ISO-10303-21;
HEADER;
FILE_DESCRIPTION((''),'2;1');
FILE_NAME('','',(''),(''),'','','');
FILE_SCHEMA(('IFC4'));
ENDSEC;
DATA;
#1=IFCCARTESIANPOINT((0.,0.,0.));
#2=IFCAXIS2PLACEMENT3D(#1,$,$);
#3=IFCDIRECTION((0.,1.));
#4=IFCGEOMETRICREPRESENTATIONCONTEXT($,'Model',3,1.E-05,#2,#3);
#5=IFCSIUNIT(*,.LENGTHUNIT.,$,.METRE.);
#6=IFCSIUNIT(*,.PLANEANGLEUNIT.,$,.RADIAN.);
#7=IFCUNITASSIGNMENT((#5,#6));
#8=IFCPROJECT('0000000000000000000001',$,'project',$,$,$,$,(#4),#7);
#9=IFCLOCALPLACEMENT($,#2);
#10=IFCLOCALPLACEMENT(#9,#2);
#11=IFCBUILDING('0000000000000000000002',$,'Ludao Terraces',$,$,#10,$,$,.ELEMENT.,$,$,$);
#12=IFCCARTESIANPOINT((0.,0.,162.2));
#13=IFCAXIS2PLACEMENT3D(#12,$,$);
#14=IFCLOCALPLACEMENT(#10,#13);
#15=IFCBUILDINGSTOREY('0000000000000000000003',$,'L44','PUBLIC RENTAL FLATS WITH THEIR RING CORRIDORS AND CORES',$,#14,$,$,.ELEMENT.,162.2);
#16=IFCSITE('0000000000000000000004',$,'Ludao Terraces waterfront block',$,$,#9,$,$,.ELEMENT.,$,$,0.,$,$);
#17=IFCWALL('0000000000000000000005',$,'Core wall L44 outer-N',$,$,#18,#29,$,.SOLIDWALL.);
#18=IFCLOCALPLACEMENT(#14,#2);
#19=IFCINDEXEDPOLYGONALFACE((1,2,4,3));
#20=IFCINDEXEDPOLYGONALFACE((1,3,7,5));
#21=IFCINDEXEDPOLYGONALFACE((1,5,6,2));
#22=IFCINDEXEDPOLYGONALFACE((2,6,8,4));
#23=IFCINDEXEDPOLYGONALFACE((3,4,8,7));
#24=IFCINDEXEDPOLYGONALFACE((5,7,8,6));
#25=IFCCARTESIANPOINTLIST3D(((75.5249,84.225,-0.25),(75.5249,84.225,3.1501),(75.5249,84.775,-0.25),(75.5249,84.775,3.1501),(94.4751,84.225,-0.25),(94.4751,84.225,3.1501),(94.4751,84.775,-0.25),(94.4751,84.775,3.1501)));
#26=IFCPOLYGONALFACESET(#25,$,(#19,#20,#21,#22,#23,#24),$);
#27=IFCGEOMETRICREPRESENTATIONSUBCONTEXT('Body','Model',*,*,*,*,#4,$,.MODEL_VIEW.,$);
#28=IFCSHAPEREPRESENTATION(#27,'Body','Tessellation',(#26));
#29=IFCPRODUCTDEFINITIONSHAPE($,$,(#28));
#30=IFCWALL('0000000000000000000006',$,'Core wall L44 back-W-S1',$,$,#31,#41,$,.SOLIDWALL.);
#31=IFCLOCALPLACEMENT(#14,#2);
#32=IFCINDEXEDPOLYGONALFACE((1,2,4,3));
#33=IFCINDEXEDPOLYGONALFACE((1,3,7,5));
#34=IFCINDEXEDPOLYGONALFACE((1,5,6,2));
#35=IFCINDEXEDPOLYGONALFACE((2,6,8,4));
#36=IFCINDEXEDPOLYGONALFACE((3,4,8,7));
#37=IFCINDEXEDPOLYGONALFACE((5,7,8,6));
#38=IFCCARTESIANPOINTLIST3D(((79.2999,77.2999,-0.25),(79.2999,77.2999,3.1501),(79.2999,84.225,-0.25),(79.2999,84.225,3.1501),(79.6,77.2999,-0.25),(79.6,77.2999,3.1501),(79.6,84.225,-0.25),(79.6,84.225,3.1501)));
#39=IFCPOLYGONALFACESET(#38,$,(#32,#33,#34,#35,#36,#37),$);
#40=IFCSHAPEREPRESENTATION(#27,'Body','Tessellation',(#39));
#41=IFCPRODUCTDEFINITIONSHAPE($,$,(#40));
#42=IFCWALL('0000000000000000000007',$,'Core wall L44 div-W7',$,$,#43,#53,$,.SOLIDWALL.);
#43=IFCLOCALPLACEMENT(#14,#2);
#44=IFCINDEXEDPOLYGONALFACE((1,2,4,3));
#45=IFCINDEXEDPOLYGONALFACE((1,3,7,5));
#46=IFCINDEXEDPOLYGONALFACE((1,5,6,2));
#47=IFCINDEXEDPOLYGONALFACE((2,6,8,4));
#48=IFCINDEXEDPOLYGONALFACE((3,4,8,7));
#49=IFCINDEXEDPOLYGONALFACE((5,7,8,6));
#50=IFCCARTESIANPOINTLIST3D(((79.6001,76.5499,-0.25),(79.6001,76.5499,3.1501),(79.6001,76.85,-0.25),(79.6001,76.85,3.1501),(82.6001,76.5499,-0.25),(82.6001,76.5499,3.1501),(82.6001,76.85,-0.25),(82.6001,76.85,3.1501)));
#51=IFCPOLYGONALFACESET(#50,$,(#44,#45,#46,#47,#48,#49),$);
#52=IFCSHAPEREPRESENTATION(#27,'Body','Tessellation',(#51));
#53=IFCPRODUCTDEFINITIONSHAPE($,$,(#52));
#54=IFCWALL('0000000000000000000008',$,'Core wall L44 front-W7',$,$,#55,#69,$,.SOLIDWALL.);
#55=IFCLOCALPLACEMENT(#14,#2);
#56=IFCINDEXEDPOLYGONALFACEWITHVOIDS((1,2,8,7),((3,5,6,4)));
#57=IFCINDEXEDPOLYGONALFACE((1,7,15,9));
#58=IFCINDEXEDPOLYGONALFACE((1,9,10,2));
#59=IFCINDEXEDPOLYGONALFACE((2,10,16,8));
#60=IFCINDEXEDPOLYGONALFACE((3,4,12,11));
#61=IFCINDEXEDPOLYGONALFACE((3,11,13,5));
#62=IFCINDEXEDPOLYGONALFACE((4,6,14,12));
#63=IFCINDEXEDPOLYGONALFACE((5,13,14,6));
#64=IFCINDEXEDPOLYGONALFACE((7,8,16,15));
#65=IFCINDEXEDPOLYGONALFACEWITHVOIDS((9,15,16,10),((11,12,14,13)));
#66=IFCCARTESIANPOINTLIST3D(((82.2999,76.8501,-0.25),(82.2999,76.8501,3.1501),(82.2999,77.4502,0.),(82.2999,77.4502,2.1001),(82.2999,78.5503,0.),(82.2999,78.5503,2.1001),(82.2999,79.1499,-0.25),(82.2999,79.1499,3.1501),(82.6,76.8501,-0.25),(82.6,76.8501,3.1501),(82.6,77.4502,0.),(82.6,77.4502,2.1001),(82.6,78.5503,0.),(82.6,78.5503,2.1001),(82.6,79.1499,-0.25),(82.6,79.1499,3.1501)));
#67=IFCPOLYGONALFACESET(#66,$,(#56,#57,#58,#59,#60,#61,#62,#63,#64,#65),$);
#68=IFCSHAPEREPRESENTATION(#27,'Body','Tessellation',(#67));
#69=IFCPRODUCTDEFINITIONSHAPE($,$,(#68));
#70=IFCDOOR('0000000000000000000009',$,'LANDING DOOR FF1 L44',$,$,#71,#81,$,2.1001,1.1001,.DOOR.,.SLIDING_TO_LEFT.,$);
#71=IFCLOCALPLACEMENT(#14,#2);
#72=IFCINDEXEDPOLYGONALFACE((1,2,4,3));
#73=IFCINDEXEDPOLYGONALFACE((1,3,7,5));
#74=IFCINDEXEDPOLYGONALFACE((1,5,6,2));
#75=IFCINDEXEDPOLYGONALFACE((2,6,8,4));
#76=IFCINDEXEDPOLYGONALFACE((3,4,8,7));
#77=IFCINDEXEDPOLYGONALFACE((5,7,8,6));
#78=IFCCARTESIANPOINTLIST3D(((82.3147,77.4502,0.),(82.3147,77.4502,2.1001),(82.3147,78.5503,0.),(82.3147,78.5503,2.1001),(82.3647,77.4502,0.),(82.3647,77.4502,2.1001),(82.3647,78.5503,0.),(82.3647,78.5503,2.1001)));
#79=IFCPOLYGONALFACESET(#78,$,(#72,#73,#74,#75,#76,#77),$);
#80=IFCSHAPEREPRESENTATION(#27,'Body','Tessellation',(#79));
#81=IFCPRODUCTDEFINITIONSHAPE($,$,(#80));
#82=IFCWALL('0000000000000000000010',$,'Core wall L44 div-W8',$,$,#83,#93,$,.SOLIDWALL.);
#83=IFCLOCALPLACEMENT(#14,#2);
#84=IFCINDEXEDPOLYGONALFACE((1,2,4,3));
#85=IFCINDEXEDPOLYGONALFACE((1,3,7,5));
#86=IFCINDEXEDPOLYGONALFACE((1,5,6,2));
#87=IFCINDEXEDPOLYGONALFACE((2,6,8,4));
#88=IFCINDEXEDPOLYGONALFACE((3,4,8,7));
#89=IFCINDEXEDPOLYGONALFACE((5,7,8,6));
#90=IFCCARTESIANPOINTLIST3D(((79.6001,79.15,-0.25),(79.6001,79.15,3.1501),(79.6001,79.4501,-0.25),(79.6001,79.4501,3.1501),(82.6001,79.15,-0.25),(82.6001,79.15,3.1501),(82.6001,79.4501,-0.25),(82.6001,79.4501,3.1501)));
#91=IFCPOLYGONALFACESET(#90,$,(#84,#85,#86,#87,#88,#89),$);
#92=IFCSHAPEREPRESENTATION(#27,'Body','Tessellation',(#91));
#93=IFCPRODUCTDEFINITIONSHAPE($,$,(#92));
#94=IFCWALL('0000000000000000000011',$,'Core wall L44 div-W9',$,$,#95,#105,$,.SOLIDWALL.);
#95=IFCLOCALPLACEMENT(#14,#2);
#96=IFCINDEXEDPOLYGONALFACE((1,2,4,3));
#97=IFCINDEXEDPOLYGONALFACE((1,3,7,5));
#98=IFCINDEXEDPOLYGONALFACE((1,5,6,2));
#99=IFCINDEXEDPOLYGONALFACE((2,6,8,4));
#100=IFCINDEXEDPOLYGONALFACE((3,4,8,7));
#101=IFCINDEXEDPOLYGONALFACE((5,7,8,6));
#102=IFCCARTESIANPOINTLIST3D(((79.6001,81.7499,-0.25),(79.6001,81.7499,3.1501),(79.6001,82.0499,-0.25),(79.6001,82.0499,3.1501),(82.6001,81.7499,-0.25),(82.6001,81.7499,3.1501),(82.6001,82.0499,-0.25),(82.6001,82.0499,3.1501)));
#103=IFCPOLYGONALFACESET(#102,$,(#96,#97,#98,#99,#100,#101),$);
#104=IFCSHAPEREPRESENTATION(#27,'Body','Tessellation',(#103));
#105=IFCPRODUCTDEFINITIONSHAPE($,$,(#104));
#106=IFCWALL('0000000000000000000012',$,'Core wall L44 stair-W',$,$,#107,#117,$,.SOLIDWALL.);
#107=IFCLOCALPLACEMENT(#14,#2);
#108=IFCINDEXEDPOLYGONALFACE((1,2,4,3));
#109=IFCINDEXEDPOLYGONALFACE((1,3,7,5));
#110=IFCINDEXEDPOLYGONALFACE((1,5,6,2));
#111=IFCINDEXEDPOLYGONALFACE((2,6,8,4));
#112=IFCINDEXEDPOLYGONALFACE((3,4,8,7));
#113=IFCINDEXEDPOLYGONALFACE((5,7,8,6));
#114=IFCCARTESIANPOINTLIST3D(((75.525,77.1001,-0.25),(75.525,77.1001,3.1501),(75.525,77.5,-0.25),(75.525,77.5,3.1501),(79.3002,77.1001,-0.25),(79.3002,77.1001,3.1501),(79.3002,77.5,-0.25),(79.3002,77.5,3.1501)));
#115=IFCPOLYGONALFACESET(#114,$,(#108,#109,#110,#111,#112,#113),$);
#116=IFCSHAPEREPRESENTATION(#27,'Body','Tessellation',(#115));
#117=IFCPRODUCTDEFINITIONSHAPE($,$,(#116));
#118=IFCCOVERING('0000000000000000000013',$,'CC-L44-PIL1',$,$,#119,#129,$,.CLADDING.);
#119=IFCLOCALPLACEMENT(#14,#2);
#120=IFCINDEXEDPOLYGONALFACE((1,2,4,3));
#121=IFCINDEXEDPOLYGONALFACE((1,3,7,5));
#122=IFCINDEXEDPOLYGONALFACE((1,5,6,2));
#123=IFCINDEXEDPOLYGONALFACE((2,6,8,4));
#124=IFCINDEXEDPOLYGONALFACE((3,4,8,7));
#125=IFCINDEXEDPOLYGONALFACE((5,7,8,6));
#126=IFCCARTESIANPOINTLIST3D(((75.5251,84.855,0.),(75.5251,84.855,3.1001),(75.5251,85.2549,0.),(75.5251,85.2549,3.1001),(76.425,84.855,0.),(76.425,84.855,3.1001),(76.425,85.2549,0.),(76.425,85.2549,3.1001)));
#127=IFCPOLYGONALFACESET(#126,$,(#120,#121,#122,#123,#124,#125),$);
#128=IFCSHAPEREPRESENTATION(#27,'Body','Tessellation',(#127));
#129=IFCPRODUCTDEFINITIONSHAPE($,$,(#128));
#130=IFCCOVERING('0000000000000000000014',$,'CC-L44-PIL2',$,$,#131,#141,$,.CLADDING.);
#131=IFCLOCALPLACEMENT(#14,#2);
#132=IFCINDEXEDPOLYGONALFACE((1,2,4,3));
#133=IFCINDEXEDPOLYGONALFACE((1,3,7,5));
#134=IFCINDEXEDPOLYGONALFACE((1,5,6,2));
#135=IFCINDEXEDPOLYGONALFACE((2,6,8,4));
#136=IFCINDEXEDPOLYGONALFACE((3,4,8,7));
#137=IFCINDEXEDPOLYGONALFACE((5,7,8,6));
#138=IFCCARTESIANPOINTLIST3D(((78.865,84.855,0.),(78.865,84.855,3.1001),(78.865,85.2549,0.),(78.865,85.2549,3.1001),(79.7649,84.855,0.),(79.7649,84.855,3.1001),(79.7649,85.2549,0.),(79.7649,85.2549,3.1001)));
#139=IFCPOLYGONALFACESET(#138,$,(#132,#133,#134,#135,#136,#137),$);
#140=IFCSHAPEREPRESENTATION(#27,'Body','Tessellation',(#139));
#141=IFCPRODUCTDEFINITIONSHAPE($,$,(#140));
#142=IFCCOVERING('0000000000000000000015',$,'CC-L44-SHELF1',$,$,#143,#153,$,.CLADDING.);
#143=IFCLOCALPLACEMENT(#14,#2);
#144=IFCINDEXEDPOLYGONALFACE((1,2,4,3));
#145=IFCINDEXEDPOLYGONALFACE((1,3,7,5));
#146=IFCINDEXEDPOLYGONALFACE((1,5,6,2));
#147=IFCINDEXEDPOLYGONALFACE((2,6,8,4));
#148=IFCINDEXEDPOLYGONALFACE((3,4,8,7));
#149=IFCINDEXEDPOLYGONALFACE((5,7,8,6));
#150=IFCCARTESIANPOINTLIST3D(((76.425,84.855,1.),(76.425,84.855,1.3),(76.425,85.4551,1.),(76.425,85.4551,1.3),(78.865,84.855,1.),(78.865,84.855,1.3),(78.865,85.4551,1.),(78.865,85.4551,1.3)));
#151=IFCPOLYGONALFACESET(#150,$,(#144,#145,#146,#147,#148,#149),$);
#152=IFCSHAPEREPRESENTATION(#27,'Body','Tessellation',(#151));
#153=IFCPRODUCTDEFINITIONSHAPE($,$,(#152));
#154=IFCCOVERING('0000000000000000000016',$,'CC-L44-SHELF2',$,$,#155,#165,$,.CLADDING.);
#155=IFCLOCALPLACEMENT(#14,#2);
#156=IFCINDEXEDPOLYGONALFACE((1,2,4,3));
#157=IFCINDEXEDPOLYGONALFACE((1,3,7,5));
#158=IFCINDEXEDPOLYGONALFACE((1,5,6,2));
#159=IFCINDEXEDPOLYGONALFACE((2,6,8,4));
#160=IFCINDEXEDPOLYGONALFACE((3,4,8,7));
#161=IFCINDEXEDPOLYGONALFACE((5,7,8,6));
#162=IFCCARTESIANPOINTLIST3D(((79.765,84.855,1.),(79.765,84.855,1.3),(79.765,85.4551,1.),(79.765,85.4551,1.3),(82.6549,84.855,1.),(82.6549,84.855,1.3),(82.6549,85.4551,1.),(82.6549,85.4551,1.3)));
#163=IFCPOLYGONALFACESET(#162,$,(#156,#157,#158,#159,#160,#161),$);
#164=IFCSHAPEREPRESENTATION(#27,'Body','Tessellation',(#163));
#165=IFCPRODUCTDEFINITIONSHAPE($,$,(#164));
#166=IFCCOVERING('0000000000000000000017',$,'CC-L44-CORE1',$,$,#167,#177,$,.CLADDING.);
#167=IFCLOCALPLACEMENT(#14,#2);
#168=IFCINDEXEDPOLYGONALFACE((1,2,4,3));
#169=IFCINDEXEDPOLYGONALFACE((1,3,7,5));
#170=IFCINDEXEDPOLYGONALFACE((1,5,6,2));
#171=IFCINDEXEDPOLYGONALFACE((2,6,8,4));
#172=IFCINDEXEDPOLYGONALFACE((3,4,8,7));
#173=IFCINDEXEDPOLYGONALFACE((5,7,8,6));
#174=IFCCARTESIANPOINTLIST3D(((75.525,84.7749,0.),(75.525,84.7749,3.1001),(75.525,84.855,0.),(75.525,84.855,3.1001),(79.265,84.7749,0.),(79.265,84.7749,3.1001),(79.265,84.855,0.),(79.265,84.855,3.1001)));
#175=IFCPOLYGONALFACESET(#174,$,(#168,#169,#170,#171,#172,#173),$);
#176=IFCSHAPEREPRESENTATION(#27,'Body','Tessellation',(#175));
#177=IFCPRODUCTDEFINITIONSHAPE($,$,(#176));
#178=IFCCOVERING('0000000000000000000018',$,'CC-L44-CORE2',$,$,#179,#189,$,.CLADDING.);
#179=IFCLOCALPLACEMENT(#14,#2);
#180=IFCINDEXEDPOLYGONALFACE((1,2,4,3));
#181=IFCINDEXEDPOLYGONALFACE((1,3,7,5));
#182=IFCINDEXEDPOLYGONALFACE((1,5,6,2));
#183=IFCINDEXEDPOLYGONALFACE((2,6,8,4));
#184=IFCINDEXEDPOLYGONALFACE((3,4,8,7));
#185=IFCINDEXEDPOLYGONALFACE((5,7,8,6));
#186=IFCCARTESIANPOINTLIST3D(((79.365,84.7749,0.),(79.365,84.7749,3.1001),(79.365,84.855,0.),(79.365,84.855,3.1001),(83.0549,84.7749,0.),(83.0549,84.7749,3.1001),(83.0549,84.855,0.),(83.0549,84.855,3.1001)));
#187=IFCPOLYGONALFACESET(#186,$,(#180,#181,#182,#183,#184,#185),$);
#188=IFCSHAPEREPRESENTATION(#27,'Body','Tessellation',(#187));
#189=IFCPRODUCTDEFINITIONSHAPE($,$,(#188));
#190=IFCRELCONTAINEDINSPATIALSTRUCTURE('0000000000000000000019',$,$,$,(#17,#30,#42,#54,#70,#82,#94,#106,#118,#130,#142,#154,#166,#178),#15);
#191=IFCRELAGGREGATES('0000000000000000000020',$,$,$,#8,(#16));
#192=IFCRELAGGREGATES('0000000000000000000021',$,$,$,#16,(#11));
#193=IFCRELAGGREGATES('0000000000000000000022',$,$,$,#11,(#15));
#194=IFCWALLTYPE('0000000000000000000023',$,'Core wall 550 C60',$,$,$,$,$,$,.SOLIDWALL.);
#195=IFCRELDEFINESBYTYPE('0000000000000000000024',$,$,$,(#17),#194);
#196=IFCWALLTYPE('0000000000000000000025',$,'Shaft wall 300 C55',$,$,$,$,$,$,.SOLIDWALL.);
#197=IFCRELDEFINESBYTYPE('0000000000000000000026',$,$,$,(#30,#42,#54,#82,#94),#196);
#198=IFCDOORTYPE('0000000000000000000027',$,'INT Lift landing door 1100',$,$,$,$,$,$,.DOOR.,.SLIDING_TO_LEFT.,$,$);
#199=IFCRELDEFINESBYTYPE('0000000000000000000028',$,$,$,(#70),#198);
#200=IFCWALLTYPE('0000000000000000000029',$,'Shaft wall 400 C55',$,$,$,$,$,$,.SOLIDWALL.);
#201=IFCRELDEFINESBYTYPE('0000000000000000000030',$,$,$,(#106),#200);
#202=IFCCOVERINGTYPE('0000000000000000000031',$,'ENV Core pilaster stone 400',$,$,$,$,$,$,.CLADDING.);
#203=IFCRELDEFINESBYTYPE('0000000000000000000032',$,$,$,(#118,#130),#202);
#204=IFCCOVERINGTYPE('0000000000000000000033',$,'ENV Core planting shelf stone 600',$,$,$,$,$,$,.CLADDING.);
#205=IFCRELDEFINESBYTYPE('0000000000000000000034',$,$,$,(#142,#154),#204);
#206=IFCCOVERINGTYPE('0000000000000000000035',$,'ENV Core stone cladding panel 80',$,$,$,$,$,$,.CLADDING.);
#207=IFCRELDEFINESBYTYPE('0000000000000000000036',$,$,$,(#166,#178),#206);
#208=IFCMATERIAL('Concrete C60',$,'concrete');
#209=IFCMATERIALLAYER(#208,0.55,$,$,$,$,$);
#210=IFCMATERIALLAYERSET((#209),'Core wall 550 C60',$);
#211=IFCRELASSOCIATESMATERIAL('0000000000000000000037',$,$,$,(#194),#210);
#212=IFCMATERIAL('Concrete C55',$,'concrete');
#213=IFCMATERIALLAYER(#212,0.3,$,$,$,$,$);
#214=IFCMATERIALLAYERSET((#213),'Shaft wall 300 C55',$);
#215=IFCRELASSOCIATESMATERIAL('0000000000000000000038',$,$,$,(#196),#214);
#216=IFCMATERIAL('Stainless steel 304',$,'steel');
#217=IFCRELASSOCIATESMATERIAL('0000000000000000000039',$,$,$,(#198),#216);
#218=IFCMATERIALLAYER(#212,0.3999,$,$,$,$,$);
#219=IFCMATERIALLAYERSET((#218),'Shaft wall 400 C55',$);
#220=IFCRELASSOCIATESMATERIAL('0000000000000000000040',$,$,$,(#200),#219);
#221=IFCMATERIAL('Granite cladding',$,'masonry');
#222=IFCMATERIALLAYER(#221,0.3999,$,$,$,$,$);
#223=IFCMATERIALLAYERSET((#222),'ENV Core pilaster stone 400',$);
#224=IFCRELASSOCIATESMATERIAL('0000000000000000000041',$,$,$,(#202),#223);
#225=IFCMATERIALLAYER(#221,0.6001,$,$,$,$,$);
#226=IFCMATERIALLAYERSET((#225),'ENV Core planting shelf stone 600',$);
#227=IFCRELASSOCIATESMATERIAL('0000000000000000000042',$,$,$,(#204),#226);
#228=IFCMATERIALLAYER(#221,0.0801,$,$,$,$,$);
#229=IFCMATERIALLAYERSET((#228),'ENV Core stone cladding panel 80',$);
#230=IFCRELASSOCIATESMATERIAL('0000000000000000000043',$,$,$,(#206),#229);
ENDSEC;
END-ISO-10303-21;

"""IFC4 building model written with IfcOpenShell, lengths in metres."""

from ifc_helpers import new_model, si_unit, direction, frame, frame_2d, origin, origin_2d, place, context, subcontext, project, spatial, rectangle, extrude, material, layer, layer_set, type_object, element, fill, save


model = new_model("IFC4")

# Units and contexts
model_context = context("Model", 3, precision=1e-05, world=origin(), true_north=direction((0.0, 1.0)))
body_context = subcontext(model_context, "Body", "Model", "MODEL_VIEW")
ifc_project = project(units=[si_unit("LENGTHUNIT", "METRE"), si_unit("PLANEANGLEUNIT", "RADIAN")], contexts=[model_context])

# Site, building, storey
site_placement = place(None, origin())
site = spatial("IfcSite", under=ifc_project, at=site_placement, Name="Ludao Terraces waterfront block", CompositionType="ELEMENT", RefElevation=0.0)
building_placement = place(site_placement, origin())
building = spatial("IfcBuilding", under=site, at=building_placement, Name="Ludao Terraces", CompositionType="ELEMENT")
storey_placement = place(building_placement, frame((0.0, 0.0, 162.2)))
storey = spatial("IfcBuildingStorey", under=building, at=storey_placement, Name="L44", Description="PUBLIC RENTAL FLATS WITH THEIR RING CORRIDORS AND CORES", CompositionType="ELEMENT", Elevation=162.2)

# Walls
ifc_material_1 = material(Name="Concrete C60", Category="concrete")
ifc_layer_1 = layer(ifc_material_1, 0.55)
ifc_layer_set_1 = layer_set([ifc_layer_1], Name="Core wall 550 C60")
wall_type_1 = type_object("IfcWallType", Name="Core wall 550 C60", PredefinedType="SOLIDWALL", material=ifc_layer_set_1)
wall_1_placement = place(storey_placement, frame((75.5249, 84.5, -0.25), z_axis=(0.0, 0.0, 1.0), x_axis=(1.0, 0.0, 0.0)))
element("IfcWall", 1, at=wall_1_placement, inside=storey, type_object=wall_type_1, Name="Core wall L44 outer-N", PredefinedType="SOLIDWALL", context=body_context, shape_type="SweptSolid", body=[
    extrude(rectangle(XDim=18.9502, YDim=0.55, at=frame_2d((9.4751, 0.0))), origin(), (0.0, 0.0, 1.0), 3.4001),
])
ifc_material_2 = material(Name="Concrete C55", Category="concrete")
ifc_layer_2 = layer(ifc_material_2, 0.3)
ifc_layer_set_2 = layer_set([ifc_layer_2], Name="Shaft wall 300 C55")
wall_type_2 = type_object("IfcWallType", Name="Shaft wall 300 C55", PredefinedType="SOLIDWALL", material=ifc_layer_set_2)
wall_2_placement = place(storey_placement, frame((79.45, 77.3, -0.25), z_axis=(0.0, 0.0, 1.0), x_axis=(0.0, 1.0, 0.0)))
element("IfcWall", 2, at=wall_2_placement, inside=storey, type_object=wall_type_2, Name="Core wall L44 back-W-S1", PredefinedType="SOLIDWALL", context=body_context, shape_type="SweptSolid", body=[
    extrude(rectangle(XDim=6.925, YDim=0.3, at=frame_2d((3.4624, 0.0))), origin(), (0.0, 0.0, 1.0), 3.4001),
])
wall_3_placement = place(storey_placement, frame((79.6001, 76.7, -0.25), z_axis=(0.0, 0.0, 1.0), x_axis=(1.0, 0.0, 0.0)))
element("IfcWall", 3, at=wall_3_placement, inside=storey, type_object=wall_type_2, Name="Core wall L44 div-W7", PredefinedType="SOLIDWALL", context=body_context, shape_type="SweptSolid", body=[
    extrude(rectangle(XDim=3.0, YDim=0.3, at=frame_2d((1.5, 0.0))), origin(), (0.0, 0.0, 1.0), 3.4001),
])

# Wall, opening, door
wall_4_placement = place(storey_placement, frame((82.45, 76.8501, -0.25), z_axis=(0.0, 0.0, 1.0), x_axis=(0.0, 1.0, 0.0)))
wall_4 = element("IfcWall", 4, at=wall_4_placement, inside=storey, type_object=wall_type_2, Name="Core wall L44 front-W7", PredefinedType="SOLIDWALL", context=body_context, shape_type="SweptSolid", body=[
    extrude(rectangle(XDim=2.2998, YDim=0.3, at=frame_2d((1.1499, 0.0))), origin(), (0.0, 0.0, 1.0), 3.4001),
])
opening_placement = place(wall_4_placement, frame((0.6001, 0.0, 0.25)))
opening = element("IfcOpeningElement", 5, at=opening_placement, cuts=wall_4, PredefinedType="OPENING", context=body_context, shape_type="SweptSolid", body=[
    extrude(rectangle(XDim=1.1001, YDim=2.1001, at=frame_2d((0.55, 1.05))), frame((0.0, 0.1602, 0.0), z_axis=(0.0, -1.0, 0.0), x_axis=(1.0, 0.0, 0.0)), (0.0, 0.0, 1.0), 0.3201),
])
ifc_material_3 = material(Name="Stainless steel 304", Category="steel")
door_type = type_object("IfcDoorType", Name="INT Lift landing door 1100", OperationType="SLIDING_TO_LEFT", PredefinedType="DOOR", material=ifc_material_3)
door_placement = place(opening_placement, origin())
door = element("IfcDoor", 6, at=door_placement, inside=storey, type_object=door_type, Name="LANDING DOOR FF1 L44", OperationType="SLIDING_TO_LEFT", OverallHeight=2.1001, OverallWidth=1.1001, PredefinedType="DOOR", context=body_context, shape_type="SweptSolid", body=[
    extrude(rectangle(XDim=1.1001, YDim=2.1001, at=frame_2d((0.55, 1.05))), frame((0.0, 0.1353, 0.0), z_axis=(0.0, -1.0, 0.0), x_axis=(1.0, 0.0, 0.0)), (0.0, 0.0, 1.0), 0.05),
])
fill(opening, door)

# Walls
for number, where, z_axis, x_axis, name in (
    (7, (79.6001, 79.3, -0.25), (0.0, 0.0, 1.0), (1.0, 0.0, 0.0), "Core wall L44 div-W8"),
    (8, (79.6001, 81.8999, -0.25), (0.0, 0.0, 1.0), (1.0, 0.0, 0.0), "Core wall L44 div-W9"),
):
    element("IfcWall", number, at=place(storey_placement, frame(where, z_axis=z_axis, x_axis=x_axis)), inside=storey, type_object=wall_type_2, Name=name, PredefinedType="SOLIDWALL", context=body_context, shape_type="SweptSolid", body=[
        extrude(rectangle(XDim=3.0, YDim=0.3, at=frame_2d((1.5, 0.0))), origin(), (0.0, 0.0, 1.0), 3.4001),
    ])
ifc_layer_3 = layer(ifc_material_2, 0.3999)
ifc_layer_set_3 = layer_set([ifc_layer_3], Name="Shaft wall 400 C55")
wall_type_3 = type_object("IfcWallType", Name="Shaft wall 400 C55", PredefinedType="SOLIDWALL", material=ifc_layer_set_3)
wall_5_placement = place(storey_placement, frame((75.5249, 77.3, -0.25), z_axis=(0.0, 0.0, 1.0), x_axis=(1.0, 0.0, 0.0)))
element("IfcWall", 9, at=wall_5_placement, inside=storey, type_object=wall_type_3, Name="Core wall L44 stair-W", PredefinedType="SOLIDWALL", context=body_context, shape_type="SweptSolid", body=[
    extrude(rectangle(XDim=3.7751, YDim=0.3999, at=frame_2d((1.8877, 0.0))), origin(), (0.0, 0.0, 1.0), 3.4001),
])

# Coverings
ifc_material_4 = material(Name="Granite cladding", Category="masonry")
ifc_layer_4 = layer(ifc_material_4, 0.3999)
ifc_layer_set_4 = layer_set([ifc_layer_4], Name="ENV Core pilaster stone 400")
covering_type_1 = type_object("IfcCoveringType", Name="ENV Core pilaster stone 400", PredefinedType="CLADDING", material=ifc_layer_set_4)
for number, where, z_axis, x_axis, name in (
    (10, (75.9751, 85.0549, 0.0), (0.0, 0.0, 1.0), (1.0, 0.0, 0.0), "CC-L44-PIL1"),
    (11, (79.3149, 85.0549, 0.0), (0.0, 0.0, 1.0), (1.0, 0.0, 0.0), "CC-L44-PIL2"),
):
    element("IfcCovering", number, at=place(storey_placement, frame(where, z_axis=z_axis, x_axis=x_axis)), inside=storey, type_object=covering_type_1, Name=name, PredefinedType="CLADDING", context=body_context, shape_type="SweptSolid", body=[
        extrude(rectangle(XDim=0.8999, YDim=0.3999, at=origin_2d()), origin(), (0.0, 0.0, 1.0), 3.1001),
    ])
ifc_layer_5 = layer(ifc_material_4, 0.6001)
ifc_layer_set_5 = layer_set([ifc_layer_5], Name="ENV Core planting shelf stone 600")
covering_type_2 = type_object("IfcCoveringType", Name="ENV Core planting shelf stone 600", PredefinedType="CLADDING", material=ifc_layer_set_5)
covering_1_placement = place(storey_placement, frame((77.645, 85.155, 1.0), z_axis=(0.0, 0.0, 1.0), x_axis=(1.0, 0.0, 0.0)))
element("IfcCovering", 12, at=covering_1_placement, inside=storey, type_object=covering_type_2, Name="CC-L44-SHELF1", PredefinedType="CLADDING", context=body_context, shape_type="SweptSolid", body=[
    extrude(rectangle(XDim=2.4399, YDim=0.6001, at=origin_2d()), origin(), (0.0, 0.0, 1.0), 0.3),
])
covering_2_placement = place(storey_placement, frame((81.21, 85.155, 1.0), z_axis=(0.0, 0.0, 1.0), x_axis=(1.0, 0.0, 0.0)))
element("IfcCovering", 13, at=covering_2_placement, inside=storey, type_object=covering_type_2, Name="CC-L44-SHELF2", PredefinedType="CLADDING", context=body_context, shape_type="SweptSolid", body=[
    extrude(rectangle(XDim=2.8899, YDim=0.6001, at=origin_2d()), origin(), (0.0, 0.0, 1.0), 0.3),
])
ifc_layer_6 = layer(ifc_material_4, 0.0801)
ifc_layer_set_6 = layer_set([ifc_layer_6], Name="ENV Core stone cladding panel 80")
covering_type_3 = type_object("IfcCoveringType", Name="ENV Core stone cladding panel 80", PredefinedType="CLADDING", material=ifc_layer_set_6)
covering_3_placement = place(storey_placement, frame((77.395, 84.8149, 0.0), z_axis=(0.0, 0.0, 1.0), x_axis=(1.0, 0.0, 0.0)))
element("IfcCovering", 14, at=covering_3_placement, inside=storey, type_object=covering_type_3, Name="CC-L44-CORE1", PredefinedType="CLADDING", context=body_context, shape_type="SweptSolid", body=[
    extrude(rectangle(XDim=3.74, YDim=0.0801, at=origin_2d()), origin(), (0.0, 0.0, 1.0), 3.1001),
])
covering_4_placement = place(storey_placement, frame((81.21, 84.8149, 0.0), z_axis=(0.0, 0.0, 1.0), x_axis=(1.0, 0.0, 0.0)))
element("IfcCovering", 15, at=covering_4_placement, inside=storey, type_object=covering_type_3, Name="CC-L44-CORE2", PredefinedType="CLADDING", context=body_context, shape_type="SweptSolid", body=[
    extrude(rectangle(XDim=3.6899, YDim=0.0801, at=origin_2d()), origin(), (0.0, 0.0, 1.0), 3.1001),
])

save(model, "model.ifc")
